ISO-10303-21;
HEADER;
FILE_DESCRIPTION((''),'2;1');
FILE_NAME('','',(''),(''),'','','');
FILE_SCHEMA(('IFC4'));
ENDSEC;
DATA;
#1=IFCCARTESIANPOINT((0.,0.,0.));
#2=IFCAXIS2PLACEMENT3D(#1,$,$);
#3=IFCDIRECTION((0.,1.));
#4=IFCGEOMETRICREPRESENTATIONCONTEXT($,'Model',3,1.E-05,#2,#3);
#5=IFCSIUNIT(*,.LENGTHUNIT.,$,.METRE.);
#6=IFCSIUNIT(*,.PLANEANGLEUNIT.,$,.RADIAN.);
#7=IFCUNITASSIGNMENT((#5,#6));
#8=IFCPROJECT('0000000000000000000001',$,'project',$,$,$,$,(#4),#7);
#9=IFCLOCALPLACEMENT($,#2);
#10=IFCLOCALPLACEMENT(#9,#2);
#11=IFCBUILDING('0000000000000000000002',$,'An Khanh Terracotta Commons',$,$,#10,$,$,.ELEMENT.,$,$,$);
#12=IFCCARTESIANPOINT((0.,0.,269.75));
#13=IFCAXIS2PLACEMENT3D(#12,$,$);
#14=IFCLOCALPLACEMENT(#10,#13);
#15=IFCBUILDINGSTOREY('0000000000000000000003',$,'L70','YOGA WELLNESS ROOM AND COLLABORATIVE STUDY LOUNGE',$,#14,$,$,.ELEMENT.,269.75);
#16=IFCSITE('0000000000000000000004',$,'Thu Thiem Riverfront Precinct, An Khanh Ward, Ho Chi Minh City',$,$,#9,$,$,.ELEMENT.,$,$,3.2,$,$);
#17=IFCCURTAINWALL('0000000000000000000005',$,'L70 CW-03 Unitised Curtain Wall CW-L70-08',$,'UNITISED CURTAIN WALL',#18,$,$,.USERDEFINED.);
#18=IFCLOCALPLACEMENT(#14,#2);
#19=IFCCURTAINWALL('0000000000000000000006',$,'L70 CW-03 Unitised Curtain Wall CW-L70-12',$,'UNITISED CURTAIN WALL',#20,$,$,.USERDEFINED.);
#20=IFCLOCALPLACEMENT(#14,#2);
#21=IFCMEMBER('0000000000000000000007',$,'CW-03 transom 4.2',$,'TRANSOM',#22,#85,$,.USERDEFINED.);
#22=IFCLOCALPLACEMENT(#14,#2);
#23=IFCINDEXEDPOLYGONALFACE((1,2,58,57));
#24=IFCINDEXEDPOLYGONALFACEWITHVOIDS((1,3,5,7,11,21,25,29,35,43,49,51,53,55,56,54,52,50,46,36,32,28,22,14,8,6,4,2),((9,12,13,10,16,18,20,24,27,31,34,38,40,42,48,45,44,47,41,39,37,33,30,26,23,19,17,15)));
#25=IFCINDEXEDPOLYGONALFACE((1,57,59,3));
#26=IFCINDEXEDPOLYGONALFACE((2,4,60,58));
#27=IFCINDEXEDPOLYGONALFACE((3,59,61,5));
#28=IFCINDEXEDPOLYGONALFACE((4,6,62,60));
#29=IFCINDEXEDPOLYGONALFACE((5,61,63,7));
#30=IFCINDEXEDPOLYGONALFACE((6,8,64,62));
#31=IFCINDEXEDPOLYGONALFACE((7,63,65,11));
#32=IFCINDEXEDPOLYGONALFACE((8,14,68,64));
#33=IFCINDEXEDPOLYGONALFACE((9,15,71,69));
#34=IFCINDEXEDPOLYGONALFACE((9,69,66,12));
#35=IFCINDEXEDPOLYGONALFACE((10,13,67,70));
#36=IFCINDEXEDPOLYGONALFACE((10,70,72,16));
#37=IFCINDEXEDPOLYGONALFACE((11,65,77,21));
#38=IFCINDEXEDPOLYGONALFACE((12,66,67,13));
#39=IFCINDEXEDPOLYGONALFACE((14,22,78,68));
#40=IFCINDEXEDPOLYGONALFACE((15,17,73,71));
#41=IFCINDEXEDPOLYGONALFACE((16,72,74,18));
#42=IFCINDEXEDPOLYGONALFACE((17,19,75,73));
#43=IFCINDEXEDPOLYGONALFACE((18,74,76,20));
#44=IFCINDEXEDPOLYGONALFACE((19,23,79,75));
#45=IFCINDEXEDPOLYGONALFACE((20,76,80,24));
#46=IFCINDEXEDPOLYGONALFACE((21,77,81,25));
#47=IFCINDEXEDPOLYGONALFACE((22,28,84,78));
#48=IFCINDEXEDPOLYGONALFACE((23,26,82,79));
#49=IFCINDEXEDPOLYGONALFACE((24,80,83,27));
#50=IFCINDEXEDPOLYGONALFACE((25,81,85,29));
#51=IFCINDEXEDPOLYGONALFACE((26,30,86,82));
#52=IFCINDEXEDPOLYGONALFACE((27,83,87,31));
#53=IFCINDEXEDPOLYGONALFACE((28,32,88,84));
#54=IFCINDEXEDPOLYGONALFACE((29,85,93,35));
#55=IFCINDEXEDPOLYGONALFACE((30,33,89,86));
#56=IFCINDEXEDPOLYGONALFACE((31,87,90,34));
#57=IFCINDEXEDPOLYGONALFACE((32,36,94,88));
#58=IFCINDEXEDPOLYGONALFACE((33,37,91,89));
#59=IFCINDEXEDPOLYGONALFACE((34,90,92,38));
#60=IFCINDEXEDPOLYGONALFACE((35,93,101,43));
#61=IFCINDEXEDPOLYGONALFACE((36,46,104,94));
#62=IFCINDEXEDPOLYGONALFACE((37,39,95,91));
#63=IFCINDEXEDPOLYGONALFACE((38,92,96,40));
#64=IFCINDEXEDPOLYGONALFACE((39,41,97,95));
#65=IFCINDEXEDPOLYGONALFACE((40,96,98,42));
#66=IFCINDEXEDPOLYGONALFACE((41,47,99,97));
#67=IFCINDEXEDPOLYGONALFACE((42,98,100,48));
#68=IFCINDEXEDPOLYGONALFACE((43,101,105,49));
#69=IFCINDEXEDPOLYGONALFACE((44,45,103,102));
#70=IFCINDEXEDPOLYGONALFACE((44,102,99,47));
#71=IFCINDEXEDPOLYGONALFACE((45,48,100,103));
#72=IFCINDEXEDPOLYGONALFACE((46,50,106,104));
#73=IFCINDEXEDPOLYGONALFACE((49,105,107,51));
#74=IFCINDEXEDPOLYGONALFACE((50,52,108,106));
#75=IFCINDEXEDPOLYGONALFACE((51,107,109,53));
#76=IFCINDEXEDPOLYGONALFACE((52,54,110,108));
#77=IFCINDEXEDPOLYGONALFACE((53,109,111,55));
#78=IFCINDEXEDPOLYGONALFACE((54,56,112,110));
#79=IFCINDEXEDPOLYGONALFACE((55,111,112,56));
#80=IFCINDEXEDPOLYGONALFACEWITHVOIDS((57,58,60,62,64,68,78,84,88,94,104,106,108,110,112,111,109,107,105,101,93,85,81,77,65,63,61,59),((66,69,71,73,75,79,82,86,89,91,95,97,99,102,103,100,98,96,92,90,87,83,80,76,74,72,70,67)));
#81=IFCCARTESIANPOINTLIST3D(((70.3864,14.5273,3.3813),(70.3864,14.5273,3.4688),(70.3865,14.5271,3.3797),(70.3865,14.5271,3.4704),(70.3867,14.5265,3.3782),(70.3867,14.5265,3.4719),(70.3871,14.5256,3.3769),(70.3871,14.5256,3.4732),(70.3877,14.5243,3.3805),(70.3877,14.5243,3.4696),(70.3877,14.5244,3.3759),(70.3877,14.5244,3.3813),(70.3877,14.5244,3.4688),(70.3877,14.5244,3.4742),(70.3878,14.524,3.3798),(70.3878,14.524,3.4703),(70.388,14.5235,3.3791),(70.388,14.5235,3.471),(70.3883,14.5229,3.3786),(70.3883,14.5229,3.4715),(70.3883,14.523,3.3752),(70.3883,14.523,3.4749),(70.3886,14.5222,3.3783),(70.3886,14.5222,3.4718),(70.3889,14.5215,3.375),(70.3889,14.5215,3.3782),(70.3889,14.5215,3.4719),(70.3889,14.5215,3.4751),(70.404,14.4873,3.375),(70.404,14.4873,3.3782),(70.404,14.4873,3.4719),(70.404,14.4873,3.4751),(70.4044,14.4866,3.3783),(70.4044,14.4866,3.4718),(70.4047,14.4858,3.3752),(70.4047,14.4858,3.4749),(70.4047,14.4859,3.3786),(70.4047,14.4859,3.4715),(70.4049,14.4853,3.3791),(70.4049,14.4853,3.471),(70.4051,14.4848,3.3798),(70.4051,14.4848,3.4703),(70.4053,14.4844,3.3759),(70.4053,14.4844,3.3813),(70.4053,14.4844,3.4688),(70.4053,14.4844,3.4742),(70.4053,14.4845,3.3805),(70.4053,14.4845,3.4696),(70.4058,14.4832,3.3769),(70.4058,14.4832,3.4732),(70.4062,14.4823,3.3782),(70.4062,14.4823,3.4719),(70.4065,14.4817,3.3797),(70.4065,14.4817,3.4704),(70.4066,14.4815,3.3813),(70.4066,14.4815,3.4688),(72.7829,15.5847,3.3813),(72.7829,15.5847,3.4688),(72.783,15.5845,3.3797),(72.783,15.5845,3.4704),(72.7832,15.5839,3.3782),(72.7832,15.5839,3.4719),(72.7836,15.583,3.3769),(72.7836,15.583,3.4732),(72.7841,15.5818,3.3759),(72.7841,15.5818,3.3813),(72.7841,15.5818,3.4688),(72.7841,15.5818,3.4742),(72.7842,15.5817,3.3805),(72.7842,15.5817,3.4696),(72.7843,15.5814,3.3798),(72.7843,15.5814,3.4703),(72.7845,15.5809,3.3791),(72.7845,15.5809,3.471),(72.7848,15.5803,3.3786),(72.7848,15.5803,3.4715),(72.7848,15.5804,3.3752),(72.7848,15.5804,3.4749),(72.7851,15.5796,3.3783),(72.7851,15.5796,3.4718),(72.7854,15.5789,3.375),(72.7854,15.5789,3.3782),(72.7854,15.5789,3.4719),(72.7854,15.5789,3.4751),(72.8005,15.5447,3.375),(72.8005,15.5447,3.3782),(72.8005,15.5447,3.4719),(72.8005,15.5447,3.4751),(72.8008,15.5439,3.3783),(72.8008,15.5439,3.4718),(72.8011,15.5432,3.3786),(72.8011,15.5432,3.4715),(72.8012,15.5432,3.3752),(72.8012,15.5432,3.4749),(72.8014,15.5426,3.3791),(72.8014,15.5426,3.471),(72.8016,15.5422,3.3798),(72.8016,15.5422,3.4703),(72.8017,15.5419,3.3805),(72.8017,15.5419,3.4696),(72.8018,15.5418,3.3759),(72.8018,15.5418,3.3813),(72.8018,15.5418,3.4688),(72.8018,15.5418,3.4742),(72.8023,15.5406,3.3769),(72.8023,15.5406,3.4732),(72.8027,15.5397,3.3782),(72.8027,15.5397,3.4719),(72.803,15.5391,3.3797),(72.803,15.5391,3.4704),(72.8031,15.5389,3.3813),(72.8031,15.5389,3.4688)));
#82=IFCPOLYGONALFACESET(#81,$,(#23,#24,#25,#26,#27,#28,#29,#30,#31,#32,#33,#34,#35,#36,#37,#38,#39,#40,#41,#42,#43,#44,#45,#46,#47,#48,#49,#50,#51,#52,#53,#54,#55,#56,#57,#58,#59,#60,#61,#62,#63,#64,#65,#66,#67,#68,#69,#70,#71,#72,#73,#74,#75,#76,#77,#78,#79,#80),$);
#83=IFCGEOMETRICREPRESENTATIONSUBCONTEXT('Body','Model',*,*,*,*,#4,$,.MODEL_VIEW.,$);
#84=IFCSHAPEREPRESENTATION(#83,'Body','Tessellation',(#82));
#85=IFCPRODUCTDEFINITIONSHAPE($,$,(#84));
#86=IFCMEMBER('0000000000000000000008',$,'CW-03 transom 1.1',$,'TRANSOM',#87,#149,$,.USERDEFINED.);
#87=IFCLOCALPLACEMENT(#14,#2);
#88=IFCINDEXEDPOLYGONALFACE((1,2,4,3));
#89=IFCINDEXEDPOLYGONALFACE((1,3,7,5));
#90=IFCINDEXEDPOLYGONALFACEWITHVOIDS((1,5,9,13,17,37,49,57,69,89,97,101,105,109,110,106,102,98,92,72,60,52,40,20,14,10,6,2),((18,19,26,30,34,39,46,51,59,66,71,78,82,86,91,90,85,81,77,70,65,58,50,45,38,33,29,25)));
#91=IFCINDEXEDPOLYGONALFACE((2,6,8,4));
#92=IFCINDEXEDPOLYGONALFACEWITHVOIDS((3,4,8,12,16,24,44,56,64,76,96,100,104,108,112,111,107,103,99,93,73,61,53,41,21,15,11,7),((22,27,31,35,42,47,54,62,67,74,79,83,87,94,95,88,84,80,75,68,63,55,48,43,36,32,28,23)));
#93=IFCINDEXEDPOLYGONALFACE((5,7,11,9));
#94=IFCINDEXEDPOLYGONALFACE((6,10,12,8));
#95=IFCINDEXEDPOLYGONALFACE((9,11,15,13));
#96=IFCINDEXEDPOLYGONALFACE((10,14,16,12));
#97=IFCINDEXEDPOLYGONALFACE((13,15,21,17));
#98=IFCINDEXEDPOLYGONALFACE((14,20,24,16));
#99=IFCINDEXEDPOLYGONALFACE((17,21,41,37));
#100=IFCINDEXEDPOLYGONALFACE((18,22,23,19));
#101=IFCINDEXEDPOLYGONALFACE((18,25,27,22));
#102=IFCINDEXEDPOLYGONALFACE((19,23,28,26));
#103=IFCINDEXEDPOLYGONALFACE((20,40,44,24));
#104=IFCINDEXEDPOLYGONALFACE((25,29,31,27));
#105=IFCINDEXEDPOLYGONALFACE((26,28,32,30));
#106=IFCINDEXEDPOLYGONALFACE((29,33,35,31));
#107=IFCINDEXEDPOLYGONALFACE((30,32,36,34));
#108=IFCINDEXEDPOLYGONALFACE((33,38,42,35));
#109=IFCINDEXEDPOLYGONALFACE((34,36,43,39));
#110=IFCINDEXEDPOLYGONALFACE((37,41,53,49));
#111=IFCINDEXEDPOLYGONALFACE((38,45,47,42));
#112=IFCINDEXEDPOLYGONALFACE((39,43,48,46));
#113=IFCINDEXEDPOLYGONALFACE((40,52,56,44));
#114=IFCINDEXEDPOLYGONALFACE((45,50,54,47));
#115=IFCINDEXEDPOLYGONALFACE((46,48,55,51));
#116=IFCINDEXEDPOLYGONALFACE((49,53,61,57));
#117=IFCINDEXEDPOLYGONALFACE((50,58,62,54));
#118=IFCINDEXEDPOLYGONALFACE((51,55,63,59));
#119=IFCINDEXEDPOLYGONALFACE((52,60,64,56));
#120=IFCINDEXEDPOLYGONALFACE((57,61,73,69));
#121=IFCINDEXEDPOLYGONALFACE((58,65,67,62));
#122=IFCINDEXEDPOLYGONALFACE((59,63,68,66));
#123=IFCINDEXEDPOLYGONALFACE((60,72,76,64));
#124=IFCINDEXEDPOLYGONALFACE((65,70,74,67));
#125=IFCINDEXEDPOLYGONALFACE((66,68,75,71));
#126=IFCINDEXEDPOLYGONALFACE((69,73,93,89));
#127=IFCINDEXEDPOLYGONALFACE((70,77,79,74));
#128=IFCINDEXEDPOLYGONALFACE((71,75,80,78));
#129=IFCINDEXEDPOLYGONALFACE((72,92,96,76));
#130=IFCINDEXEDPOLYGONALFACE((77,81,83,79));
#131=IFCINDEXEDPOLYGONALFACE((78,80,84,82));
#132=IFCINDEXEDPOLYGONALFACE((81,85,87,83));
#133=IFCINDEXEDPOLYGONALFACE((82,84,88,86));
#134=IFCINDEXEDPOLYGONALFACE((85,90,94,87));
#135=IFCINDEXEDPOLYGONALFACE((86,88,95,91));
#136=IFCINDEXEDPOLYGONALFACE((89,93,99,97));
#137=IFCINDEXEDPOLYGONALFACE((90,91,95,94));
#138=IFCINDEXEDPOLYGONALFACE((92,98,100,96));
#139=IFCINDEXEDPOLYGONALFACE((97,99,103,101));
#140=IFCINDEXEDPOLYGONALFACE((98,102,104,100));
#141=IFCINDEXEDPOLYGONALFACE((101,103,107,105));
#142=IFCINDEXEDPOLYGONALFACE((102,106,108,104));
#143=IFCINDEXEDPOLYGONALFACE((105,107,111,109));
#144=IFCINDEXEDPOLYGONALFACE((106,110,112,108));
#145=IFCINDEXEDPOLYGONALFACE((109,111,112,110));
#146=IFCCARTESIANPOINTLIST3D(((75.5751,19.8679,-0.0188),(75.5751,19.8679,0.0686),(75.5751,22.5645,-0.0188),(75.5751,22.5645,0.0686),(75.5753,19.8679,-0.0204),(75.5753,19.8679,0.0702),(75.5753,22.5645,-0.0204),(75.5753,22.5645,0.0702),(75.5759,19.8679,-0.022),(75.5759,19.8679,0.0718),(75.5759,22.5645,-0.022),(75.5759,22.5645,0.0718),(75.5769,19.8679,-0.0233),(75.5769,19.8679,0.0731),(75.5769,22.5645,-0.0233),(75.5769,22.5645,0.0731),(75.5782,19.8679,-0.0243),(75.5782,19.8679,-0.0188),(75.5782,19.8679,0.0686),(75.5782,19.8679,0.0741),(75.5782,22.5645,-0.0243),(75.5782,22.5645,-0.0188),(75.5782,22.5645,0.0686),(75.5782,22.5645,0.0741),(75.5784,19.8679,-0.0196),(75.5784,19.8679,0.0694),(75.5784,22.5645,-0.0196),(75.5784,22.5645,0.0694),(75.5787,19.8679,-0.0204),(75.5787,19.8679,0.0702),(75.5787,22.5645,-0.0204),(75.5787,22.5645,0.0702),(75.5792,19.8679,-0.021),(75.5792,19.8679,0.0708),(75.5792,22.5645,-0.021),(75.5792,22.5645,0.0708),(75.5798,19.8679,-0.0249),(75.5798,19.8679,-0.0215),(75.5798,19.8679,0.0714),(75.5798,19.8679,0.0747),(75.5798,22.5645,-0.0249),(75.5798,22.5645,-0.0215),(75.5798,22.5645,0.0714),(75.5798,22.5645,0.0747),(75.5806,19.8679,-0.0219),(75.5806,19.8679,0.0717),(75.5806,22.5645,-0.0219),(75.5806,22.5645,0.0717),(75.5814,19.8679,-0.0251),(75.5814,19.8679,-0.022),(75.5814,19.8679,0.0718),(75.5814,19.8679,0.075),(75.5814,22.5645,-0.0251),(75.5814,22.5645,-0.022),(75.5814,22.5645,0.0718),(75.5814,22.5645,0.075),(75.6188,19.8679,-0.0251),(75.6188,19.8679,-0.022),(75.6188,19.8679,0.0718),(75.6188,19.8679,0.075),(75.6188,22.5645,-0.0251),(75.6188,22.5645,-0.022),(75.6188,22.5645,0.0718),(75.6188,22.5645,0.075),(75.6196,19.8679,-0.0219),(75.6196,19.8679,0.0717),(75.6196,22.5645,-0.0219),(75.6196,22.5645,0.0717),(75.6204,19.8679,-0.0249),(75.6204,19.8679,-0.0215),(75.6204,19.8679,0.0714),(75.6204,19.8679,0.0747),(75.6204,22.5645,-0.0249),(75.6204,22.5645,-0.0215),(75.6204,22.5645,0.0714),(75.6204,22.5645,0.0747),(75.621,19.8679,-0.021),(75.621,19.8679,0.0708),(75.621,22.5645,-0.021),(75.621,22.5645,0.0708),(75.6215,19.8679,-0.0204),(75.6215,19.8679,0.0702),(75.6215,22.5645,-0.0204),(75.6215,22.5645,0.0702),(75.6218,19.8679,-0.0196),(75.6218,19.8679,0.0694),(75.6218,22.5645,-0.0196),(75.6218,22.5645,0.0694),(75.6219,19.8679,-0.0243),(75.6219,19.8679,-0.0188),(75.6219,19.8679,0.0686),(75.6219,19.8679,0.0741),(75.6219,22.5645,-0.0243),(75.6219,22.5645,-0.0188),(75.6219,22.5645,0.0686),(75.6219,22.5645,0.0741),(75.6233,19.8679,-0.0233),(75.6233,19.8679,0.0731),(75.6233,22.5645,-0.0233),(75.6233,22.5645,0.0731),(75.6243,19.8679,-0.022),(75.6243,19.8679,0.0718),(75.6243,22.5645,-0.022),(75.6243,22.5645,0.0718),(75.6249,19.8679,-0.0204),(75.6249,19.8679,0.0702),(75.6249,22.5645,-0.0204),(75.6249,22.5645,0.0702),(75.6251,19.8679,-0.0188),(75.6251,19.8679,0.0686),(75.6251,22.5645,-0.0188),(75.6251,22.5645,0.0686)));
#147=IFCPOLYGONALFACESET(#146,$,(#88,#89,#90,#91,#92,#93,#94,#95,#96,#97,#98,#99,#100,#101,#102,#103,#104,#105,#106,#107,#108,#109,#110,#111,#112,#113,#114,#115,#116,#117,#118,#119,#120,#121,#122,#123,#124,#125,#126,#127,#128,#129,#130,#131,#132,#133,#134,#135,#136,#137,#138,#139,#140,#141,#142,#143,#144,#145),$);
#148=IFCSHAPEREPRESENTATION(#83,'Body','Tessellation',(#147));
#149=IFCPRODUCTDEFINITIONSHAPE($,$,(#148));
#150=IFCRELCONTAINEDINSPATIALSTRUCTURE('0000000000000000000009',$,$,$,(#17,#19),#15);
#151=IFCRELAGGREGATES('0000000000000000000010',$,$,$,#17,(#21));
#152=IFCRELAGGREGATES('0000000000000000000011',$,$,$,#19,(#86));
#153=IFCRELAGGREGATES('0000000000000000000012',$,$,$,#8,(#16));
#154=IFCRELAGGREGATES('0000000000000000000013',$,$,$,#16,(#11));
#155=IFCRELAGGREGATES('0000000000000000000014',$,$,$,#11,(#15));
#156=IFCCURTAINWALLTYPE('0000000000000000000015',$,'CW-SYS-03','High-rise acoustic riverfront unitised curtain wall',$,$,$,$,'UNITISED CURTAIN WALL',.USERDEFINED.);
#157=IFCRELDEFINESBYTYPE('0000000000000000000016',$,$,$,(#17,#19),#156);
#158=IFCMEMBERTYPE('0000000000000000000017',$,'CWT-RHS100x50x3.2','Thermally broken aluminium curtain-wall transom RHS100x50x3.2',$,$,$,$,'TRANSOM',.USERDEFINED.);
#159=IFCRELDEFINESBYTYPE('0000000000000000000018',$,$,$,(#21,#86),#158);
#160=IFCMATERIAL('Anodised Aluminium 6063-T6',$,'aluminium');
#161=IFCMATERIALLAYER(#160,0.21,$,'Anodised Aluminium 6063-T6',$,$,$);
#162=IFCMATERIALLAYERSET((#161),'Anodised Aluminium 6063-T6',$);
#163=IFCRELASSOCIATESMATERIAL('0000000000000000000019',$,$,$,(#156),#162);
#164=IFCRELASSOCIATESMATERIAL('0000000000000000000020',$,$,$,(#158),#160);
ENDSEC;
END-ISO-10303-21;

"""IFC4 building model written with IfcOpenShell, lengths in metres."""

from ifc_helpers import new_model, si_unit, direction, frame, origin, origin_2d, place, context, subcontext, project, spatial, hollow_rectangle, extrude, material, layer, layer_set, material_profile, profile_set, type_object, element, aggregate, save


model = new_model("IFC4")

# Units and contexts
model_context = context("Model", 3, precision=1e-05, world=origin(), true_north=direction((0.0, 1.0)))
body_context = subcontext(model_context, "Body", "Model", "MODEL_VIEW")
ifc_project = project(units=[si_unit("LENGTHUNIT", "METRE"), si_unit("PLANEANGLEUNIT", "RADIAN")], contexts=[model_context])

# Site, building, storey
site_placement = place(None, origin())
site = spatial("IfcSite", under=ifc_project, at=site_placement, Name="Thu Thiem Riverfront Precinct, An Khanh Ward, Ho Chi Minh City", CompositionType="ELEMENT", RefElevation=3.2)
building_placement = place(site_placement, origin())
building = spatial("IfcBuilding", under=site, at=building_placement, Name="An Khanh Terracotta Commons", CompositionType="ELEMENT")
storey_placement = place(building_placement, frame((0.0, 0.0, 269.75)))
storey = spatial("IfcBuildingStorey", under=building, at=storey_placement, Name="L70", Description="YOGA WELLNESS ROOM AND COLLABORATIVE STUDY LOUNGE", CompositionType="ELEMENT", Elevation=269.75)

# Curtain walls
ifc_material_1 = material(Name="Anodised Aluminium 6063-T6", Category="aluminium")
ifc_layer_1 = layer(ifc_material_1, 0.21, Name="Anodised Aluminium 6063-T6")
ifc_layer_set_1 = layer_set([ifc_layer_1], Name="Anodised Aluminium 6063-T6")
curtain_wall_type = type_object("IfcCurtainWallType", Name="CW-SYS-03", Description="High-rise acoustic riverfront unitised curtain wall", ElementType="UNITISED CURTAIN WALL", PredefinedType="USERDEFINED", material=ifc_layer_set_1)
curtain_wall_1_placement = place(storey_placement, origin())
curtain_wall_1 = element("IfcCurtainWall", 1, at=curtain_wall_1_placement, inside=storey, type_object=curtain_wall_type, Name="L70 CW-03 Unitised Curtain Wall CW-L70-08", ObjectType="UNITISED CURTAIN WALL", PredefinedType="USERDEFINED")
curtain_wall_2_placement = place(storey_placement, origin())
curtain_wall_2 = element("IfcCurtainWall", 2, at=curtain_wall_2_placement, inside=storey, type_object=curtain_wall_type, Name="L70 CW-03 Unitised Curtain Wall CW-L70-12", ObjectType="UNITISED CURTAIN WALL", PredefinedType="USERDEFINED")

# Members
ifc_material_profile_1 = material_profile(ifc_material_1, hollow_rectangle(XDim=0.05, YDim=0.1001, WallThickness=0.0032, InnerFilletRadius=0.0032, OuterFilletRadius=0.0063, at=origin_2d()), Name="RHS100x50x3.2")
ifc_profile_set_1 = profile_set([ifc_material_profile_1], Name="Anodised Aluminium 6063-T6")
member_type_1 = type_object("IfcMemberType", Name="CWT-RHS100x50x3.2", Description="Thermally broken aluminium curtain-wall transom RHS100x50x3.2", ElementType="TRANSOM", PredefinedType="USERDEFINED", material=ifc_profile_set_1)
member_1_placement = place(storey_placement, frame((70.3965, 14.5044, 3.425), z_axis=(0.914904, 0.403672, 0.0), x_axis=(-0.403672, 0.914904, 0.0)))
member_1 = element("IfcMember", 3, at=member_1_placement, type_object=member_type_1, Name="CW-03 transom 4.2", ObjectType="TRANSOM", PredefinedType="USERDEFINED", context=body_context, shape_type="SweptSolid", body=[
    extrude(hollow_rectangle(XDim=0.05, YDim=0.1001, WallThickness=0.0032, InnerFilletRadius=0.0032, OuterFilletRadius=0.0063, at=origin_2d()), origin(), (0.0, 0.0, 1.0), 2.6194),
])
member_2_placement = place(storey_placement, frame((75.6001, 19.8679, 0.0249), z_axis=(0.0, 1.0, 0.0), x_axis=(-1.0, 0.0, 0.0)))
member_2 = element("IfcMember", 4, at=member_2_placement, type_object=member_type_1, Name="CW-03 transom 1.1", ObjectType="TRANSOM", PredefinedType="USERDEFINED", context=body_context, shape_type="SweptSolid", body=[
    extrude(hollow_rectangle(XDim=0.05, YDim=0.1001, WallThickness=0.0032, InnerFilletRadius=0.0032, OuterFilletRadius=0.0063, at=origin_2d()), origin(), (0.0, 0.0, 1.0), 2.6965),
])

aggregate(curtain_wall_1, [member_1])
aggregate(curtain_wall_2, [member_2])

save(model, "model.ifc")
